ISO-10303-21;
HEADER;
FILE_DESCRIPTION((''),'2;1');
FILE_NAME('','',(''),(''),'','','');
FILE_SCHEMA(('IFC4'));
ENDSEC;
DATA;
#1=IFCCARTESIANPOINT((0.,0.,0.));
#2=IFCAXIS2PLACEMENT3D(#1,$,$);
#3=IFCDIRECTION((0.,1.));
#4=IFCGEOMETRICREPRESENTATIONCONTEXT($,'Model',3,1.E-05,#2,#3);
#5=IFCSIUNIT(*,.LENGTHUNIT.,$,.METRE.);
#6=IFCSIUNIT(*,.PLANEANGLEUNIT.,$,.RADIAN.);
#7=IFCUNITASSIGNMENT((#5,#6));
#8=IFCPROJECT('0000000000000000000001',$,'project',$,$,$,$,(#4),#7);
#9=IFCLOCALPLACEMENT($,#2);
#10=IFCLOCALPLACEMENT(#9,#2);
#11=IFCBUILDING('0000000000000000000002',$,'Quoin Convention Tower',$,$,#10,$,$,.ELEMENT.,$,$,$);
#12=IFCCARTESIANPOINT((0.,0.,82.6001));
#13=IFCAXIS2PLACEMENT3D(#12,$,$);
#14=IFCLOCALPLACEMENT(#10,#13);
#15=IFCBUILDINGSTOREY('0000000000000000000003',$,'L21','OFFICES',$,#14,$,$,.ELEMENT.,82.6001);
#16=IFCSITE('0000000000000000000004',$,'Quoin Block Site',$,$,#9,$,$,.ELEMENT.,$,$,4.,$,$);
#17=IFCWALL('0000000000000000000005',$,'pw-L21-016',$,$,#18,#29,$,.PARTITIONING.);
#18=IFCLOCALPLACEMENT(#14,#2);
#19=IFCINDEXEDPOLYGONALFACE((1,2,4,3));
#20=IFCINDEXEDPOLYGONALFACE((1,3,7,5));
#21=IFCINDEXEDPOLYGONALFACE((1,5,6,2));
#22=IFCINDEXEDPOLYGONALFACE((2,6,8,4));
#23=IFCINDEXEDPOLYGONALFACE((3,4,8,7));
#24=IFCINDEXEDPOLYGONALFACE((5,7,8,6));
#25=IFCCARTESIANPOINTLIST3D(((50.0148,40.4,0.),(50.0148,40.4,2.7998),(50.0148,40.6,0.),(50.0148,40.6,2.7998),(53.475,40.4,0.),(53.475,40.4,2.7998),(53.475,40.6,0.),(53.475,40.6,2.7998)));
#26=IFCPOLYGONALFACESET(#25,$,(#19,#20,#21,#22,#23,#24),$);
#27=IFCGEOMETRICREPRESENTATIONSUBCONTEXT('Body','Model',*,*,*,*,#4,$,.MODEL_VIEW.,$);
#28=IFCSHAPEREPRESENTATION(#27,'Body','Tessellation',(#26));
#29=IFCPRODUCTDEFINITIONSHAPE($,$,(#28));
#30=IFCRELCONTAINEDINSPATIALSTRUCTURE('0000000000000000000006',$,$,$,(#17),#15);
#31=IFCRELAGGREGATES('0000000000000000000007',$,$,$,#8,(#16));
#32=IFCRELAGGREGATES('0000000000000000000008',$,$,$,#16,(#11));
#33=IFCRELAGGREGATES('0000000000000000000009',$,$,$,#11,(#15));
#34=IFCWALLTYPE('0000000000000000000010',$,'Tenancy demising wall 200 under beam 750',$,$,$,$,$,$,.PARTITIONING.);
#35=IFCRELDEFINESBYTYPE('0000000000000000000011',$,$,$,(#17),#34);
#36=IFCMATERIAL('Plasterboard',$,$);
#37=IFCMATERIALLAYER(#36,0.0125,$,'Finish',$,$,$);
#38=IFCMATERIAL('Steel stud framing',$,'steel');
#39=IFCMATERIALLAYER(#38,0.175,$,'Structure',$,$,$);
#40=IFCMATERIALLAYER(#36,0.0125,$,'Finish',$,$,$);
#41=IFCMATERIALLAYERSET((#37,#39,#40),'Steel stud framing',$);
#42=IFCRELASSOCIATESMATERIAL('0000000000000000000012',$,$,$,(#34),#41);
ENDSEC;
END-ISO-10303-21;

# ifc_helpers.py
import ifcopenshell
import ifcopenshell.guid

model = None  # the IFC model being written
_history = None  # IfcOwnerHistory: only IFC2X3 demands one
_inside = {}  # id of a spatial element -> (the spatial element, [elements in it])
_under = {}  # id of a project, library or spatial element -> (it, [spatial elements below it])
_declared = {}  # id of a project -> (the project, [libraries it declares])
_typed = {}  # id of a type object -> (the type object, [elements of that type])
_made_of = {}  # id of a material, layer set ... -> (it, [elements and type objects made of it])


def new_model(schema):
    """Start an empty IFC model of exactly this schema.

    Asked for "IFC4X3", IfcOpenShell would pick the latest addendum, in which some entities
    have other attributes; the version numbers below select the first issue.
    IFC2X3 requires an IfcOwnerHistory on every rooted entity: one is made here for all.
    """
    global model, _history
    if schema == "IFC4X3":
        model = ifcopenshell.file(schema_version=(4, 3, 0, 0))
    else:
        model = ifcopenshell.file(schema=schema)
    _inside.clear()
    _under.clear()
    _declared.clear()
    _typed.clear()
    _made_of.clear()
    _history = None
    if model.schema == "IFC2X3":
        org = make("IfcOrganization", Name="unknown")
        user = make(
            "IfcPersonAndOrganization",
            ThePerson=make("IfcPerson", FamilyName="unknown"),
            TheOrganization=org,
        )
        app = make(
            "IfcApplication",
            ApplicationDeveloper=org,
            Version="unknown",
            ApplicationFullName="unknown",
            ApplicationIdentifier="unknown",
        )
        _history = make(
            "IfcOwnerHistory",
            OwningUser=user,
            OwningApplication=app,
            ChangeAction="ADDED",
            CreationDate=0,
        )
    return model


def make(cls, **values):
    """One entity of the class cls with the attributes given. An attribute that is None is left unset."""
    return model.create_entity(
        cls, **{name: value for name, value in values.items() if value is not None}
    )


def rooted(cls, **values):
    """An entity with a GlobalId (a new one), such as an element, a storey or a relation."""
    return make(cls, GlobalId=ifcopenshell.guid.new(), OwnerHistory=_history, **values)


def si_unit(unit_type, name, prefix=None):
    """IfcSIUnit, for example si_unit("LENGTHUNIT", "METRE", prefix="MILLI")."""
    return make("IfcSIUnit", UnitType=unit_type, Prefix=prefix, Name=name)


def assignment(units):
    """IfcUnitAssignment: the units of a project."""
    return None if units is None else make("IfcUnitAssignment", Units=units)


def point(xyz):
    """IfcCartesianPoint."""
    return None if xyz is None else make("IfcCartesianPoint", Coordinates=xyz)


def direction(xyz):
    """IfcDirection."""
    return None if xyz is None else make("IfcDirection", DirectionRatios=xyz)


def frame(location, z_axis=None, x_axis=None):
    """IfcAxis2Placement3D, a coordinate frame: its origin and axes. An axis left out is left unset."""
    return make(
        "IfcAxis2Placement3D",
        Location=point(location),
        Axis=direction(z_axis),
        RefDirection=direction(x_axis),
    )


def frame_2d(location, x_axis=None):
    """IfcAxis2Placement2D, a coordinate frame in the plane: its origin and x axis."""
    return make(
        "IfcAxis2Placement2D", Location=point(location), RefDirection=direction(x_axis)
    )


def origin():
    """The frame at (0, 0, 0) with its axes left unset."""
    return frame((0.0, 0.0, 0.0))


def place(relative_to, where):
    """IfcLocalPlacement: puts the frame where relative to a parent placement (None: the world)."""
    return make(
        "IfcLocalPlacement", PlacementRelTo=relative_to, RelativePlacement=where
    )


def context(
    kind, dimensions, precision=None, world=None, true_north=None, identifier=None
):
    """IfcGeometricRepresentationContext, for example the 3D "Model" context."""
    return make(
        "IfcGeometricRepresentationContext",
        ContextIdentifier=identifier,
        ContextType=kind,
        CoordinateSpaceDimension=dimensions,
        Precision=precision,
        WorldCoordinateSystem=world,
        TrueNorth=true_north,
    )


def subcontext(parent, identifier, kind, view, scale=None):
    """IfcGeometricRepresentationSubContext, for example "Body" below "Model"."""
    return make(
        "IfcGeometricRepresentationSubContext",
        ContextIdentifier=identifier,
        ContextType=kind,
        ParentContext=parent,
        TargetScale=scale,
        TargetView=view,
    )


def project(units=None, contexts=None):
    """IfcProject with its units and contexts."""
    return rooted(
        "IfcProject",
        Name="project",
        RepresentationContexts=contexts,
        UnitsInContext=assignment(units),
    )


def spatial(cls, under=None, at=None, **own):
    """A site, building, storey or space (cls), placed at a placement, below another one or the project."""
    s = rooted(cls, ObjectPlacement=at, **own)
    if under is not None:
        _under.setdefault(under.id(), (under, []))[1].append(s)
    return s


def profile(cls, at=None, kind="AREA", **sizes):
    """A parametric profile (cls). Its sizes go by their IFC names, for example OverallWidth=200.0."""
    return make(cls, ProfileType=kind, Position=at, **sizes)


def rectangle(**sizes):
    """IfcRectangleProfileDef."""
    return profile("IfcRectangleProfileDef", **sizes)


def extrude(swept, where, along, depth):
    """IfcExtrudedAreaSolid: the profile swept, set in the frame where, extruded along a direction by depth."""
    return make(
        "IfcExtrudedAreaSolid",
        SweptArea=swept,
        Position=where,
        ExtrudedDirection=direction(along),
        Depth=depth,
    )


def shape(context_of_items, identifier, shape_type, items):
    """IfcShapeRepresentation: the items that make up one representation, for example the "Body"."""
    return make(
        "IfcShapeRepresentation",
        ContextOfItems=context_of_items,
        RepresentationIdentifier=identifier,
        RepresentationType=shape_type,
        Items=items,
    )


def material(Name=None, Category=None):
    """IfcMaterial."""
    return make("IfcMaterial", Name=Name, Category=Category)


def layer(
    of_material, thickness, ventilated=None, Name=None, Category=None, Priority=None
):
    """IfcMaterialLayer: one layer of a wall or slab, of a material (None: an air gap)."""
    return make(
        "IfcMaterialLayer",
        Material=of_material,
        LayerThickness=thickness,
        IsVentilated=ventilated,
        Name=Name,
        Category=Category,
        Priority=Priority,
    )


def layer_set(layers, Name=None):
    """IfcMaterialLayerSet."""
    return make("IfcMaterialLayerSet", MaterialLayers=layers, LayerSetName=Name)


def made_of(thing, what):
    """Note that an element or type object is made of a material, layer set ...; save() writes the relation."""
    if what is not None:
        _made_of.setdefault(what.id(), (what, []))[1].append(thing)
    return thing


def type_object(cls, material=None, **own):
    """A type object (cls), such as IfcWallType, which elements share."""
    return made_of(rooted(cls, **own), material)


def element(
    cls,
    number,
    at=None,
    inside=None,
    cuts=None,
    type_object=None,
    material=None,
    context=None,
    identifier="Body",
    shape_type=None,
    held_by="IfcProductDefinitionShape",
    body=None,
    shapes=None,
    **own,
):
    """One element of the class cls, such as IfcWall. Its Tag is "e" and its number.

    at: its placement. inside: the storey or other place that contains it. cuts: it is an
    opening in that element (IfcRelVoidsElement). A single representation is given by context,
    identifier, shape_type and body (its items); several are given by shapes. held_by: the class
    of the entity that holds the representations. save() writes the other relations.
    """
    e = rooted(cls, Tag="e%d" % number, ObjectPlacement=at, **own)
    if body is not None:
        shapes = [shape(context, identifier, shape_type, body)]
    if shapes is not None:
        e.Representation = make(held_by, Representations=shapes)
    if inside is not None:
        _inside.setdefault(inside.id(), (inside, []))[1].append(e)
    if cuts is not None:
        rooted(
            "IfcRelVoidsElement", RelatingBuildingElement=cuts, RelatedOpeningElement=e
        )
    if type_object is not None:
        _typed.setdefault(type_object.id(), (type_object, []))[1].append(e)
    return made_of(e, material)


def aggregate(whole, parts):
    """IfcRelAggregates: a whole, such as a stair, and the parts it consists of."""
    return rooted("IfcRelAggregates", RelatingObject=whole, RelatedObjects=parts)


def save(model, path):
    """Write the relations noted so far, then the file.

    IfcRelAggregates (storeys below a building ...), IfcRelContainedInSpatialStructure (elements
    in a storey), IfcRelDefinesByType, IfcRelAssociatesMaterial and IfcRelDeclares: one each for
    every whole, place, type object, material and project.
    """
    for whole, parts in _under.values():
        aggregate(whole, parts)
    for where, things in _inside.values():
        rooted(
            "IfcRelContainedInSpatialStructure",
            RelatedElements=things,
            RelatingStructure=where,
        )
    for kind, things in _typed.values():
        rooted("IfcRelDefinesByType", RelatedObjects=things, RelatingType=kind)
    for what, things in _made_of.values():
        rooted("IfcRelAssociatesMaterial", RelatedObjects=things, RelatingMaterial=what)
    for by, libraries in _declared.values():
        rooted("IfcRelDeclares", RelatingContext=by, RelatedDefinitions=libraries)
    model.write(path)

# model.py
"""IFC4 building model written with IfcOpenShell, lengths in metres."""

from ifc_helpers import new_model, si_unit, direction, frame, frame_2d, origin, place, context, subcontext, project, spatial, rectangle, extrude, material, layer, layer_set, type_object, element, save


model = new_model("IFC4")

# Units and contexts
model_context = context("Model", 3, precision=1e-05, world=origin(), true_north=direction((0.0, 1.0)))
body_context = subcontext(model_context, "Body", "Model", "MODEL_VIEW")
ifc_project = project(units=[si_unit("LENGTHUNIT", "METRE"), si_unit("PLANEANGLEUNIT", "RADIAN")], contexts=[model_context])

# Site, building, storey
site_placement = place(None, origin())
site = spatial("IfcSite", under=ifc_project, at=site_placement, Name="Quoin Block Site", CompositionType="ELEMENT", RefElevation=4.0)
building_placement = place(site_placement, origin())
building = spatial("IfcBuilding", under=site, at=building_placement, Name="Quoin Convention Tower", CompositionType="ELEMENT")
storey_placement = place(building_placement, frame((0.0, 0.0, 82.6001)))
storey = spatial("IfcBuildingStorey", under=building, at=storey_placement, Name="L21", Description="OFFICES", CompositionType="ELEMENT", Elevation=82.6001)

# Shared definitions
ifc_material_1 = material(Name="Plasterboard")
ifc_material_2 = material(Name="Steel stud framing", Category="steel")

# Wall
ifc_layer_1 = layer(ifc_material_1, 0.0125, Name="Finish")
ifc_layer_2 = layer(ifc_material_2, 0.175, Name="Structure")
ifc_layer_3 = layer(ifc_material_1, 0.0125, Name="Finish")
ifc_layer_set_1 = layer_set([ifc_layer_1, ifc_layer_2, ifc_layer_3], Name="Steel stud framing")
wall_type_1 = type_object("IfcWallType", Name="Tenancy demising wall 200 under beam 750", PredefinedType="PARTITIONING", material=ifc_layer_set_1)
wall_1_placement = place(storey_placement, frame((50.0149, 40.5, 0.0), z_axis=(0.0, 0.0, 1.0), x_axis=(1.0, 0.0, 0.0)))
element("IfcWall", 1, at=wall_1_placement, inside=storey, type_object=wall_type_1, Name="pw-L21-016", PredefinedType="PARTITIONING", context=body_context, shape_type="SweptSolid", body=[
    extrude(rectangle(XDim=3.4602, YDim=0.2, at=frame_2d((1.73, 0.0))), origin(), (0.0, 0.0, 1.0), 2.7998),
])

save(model, "model.ifc")
